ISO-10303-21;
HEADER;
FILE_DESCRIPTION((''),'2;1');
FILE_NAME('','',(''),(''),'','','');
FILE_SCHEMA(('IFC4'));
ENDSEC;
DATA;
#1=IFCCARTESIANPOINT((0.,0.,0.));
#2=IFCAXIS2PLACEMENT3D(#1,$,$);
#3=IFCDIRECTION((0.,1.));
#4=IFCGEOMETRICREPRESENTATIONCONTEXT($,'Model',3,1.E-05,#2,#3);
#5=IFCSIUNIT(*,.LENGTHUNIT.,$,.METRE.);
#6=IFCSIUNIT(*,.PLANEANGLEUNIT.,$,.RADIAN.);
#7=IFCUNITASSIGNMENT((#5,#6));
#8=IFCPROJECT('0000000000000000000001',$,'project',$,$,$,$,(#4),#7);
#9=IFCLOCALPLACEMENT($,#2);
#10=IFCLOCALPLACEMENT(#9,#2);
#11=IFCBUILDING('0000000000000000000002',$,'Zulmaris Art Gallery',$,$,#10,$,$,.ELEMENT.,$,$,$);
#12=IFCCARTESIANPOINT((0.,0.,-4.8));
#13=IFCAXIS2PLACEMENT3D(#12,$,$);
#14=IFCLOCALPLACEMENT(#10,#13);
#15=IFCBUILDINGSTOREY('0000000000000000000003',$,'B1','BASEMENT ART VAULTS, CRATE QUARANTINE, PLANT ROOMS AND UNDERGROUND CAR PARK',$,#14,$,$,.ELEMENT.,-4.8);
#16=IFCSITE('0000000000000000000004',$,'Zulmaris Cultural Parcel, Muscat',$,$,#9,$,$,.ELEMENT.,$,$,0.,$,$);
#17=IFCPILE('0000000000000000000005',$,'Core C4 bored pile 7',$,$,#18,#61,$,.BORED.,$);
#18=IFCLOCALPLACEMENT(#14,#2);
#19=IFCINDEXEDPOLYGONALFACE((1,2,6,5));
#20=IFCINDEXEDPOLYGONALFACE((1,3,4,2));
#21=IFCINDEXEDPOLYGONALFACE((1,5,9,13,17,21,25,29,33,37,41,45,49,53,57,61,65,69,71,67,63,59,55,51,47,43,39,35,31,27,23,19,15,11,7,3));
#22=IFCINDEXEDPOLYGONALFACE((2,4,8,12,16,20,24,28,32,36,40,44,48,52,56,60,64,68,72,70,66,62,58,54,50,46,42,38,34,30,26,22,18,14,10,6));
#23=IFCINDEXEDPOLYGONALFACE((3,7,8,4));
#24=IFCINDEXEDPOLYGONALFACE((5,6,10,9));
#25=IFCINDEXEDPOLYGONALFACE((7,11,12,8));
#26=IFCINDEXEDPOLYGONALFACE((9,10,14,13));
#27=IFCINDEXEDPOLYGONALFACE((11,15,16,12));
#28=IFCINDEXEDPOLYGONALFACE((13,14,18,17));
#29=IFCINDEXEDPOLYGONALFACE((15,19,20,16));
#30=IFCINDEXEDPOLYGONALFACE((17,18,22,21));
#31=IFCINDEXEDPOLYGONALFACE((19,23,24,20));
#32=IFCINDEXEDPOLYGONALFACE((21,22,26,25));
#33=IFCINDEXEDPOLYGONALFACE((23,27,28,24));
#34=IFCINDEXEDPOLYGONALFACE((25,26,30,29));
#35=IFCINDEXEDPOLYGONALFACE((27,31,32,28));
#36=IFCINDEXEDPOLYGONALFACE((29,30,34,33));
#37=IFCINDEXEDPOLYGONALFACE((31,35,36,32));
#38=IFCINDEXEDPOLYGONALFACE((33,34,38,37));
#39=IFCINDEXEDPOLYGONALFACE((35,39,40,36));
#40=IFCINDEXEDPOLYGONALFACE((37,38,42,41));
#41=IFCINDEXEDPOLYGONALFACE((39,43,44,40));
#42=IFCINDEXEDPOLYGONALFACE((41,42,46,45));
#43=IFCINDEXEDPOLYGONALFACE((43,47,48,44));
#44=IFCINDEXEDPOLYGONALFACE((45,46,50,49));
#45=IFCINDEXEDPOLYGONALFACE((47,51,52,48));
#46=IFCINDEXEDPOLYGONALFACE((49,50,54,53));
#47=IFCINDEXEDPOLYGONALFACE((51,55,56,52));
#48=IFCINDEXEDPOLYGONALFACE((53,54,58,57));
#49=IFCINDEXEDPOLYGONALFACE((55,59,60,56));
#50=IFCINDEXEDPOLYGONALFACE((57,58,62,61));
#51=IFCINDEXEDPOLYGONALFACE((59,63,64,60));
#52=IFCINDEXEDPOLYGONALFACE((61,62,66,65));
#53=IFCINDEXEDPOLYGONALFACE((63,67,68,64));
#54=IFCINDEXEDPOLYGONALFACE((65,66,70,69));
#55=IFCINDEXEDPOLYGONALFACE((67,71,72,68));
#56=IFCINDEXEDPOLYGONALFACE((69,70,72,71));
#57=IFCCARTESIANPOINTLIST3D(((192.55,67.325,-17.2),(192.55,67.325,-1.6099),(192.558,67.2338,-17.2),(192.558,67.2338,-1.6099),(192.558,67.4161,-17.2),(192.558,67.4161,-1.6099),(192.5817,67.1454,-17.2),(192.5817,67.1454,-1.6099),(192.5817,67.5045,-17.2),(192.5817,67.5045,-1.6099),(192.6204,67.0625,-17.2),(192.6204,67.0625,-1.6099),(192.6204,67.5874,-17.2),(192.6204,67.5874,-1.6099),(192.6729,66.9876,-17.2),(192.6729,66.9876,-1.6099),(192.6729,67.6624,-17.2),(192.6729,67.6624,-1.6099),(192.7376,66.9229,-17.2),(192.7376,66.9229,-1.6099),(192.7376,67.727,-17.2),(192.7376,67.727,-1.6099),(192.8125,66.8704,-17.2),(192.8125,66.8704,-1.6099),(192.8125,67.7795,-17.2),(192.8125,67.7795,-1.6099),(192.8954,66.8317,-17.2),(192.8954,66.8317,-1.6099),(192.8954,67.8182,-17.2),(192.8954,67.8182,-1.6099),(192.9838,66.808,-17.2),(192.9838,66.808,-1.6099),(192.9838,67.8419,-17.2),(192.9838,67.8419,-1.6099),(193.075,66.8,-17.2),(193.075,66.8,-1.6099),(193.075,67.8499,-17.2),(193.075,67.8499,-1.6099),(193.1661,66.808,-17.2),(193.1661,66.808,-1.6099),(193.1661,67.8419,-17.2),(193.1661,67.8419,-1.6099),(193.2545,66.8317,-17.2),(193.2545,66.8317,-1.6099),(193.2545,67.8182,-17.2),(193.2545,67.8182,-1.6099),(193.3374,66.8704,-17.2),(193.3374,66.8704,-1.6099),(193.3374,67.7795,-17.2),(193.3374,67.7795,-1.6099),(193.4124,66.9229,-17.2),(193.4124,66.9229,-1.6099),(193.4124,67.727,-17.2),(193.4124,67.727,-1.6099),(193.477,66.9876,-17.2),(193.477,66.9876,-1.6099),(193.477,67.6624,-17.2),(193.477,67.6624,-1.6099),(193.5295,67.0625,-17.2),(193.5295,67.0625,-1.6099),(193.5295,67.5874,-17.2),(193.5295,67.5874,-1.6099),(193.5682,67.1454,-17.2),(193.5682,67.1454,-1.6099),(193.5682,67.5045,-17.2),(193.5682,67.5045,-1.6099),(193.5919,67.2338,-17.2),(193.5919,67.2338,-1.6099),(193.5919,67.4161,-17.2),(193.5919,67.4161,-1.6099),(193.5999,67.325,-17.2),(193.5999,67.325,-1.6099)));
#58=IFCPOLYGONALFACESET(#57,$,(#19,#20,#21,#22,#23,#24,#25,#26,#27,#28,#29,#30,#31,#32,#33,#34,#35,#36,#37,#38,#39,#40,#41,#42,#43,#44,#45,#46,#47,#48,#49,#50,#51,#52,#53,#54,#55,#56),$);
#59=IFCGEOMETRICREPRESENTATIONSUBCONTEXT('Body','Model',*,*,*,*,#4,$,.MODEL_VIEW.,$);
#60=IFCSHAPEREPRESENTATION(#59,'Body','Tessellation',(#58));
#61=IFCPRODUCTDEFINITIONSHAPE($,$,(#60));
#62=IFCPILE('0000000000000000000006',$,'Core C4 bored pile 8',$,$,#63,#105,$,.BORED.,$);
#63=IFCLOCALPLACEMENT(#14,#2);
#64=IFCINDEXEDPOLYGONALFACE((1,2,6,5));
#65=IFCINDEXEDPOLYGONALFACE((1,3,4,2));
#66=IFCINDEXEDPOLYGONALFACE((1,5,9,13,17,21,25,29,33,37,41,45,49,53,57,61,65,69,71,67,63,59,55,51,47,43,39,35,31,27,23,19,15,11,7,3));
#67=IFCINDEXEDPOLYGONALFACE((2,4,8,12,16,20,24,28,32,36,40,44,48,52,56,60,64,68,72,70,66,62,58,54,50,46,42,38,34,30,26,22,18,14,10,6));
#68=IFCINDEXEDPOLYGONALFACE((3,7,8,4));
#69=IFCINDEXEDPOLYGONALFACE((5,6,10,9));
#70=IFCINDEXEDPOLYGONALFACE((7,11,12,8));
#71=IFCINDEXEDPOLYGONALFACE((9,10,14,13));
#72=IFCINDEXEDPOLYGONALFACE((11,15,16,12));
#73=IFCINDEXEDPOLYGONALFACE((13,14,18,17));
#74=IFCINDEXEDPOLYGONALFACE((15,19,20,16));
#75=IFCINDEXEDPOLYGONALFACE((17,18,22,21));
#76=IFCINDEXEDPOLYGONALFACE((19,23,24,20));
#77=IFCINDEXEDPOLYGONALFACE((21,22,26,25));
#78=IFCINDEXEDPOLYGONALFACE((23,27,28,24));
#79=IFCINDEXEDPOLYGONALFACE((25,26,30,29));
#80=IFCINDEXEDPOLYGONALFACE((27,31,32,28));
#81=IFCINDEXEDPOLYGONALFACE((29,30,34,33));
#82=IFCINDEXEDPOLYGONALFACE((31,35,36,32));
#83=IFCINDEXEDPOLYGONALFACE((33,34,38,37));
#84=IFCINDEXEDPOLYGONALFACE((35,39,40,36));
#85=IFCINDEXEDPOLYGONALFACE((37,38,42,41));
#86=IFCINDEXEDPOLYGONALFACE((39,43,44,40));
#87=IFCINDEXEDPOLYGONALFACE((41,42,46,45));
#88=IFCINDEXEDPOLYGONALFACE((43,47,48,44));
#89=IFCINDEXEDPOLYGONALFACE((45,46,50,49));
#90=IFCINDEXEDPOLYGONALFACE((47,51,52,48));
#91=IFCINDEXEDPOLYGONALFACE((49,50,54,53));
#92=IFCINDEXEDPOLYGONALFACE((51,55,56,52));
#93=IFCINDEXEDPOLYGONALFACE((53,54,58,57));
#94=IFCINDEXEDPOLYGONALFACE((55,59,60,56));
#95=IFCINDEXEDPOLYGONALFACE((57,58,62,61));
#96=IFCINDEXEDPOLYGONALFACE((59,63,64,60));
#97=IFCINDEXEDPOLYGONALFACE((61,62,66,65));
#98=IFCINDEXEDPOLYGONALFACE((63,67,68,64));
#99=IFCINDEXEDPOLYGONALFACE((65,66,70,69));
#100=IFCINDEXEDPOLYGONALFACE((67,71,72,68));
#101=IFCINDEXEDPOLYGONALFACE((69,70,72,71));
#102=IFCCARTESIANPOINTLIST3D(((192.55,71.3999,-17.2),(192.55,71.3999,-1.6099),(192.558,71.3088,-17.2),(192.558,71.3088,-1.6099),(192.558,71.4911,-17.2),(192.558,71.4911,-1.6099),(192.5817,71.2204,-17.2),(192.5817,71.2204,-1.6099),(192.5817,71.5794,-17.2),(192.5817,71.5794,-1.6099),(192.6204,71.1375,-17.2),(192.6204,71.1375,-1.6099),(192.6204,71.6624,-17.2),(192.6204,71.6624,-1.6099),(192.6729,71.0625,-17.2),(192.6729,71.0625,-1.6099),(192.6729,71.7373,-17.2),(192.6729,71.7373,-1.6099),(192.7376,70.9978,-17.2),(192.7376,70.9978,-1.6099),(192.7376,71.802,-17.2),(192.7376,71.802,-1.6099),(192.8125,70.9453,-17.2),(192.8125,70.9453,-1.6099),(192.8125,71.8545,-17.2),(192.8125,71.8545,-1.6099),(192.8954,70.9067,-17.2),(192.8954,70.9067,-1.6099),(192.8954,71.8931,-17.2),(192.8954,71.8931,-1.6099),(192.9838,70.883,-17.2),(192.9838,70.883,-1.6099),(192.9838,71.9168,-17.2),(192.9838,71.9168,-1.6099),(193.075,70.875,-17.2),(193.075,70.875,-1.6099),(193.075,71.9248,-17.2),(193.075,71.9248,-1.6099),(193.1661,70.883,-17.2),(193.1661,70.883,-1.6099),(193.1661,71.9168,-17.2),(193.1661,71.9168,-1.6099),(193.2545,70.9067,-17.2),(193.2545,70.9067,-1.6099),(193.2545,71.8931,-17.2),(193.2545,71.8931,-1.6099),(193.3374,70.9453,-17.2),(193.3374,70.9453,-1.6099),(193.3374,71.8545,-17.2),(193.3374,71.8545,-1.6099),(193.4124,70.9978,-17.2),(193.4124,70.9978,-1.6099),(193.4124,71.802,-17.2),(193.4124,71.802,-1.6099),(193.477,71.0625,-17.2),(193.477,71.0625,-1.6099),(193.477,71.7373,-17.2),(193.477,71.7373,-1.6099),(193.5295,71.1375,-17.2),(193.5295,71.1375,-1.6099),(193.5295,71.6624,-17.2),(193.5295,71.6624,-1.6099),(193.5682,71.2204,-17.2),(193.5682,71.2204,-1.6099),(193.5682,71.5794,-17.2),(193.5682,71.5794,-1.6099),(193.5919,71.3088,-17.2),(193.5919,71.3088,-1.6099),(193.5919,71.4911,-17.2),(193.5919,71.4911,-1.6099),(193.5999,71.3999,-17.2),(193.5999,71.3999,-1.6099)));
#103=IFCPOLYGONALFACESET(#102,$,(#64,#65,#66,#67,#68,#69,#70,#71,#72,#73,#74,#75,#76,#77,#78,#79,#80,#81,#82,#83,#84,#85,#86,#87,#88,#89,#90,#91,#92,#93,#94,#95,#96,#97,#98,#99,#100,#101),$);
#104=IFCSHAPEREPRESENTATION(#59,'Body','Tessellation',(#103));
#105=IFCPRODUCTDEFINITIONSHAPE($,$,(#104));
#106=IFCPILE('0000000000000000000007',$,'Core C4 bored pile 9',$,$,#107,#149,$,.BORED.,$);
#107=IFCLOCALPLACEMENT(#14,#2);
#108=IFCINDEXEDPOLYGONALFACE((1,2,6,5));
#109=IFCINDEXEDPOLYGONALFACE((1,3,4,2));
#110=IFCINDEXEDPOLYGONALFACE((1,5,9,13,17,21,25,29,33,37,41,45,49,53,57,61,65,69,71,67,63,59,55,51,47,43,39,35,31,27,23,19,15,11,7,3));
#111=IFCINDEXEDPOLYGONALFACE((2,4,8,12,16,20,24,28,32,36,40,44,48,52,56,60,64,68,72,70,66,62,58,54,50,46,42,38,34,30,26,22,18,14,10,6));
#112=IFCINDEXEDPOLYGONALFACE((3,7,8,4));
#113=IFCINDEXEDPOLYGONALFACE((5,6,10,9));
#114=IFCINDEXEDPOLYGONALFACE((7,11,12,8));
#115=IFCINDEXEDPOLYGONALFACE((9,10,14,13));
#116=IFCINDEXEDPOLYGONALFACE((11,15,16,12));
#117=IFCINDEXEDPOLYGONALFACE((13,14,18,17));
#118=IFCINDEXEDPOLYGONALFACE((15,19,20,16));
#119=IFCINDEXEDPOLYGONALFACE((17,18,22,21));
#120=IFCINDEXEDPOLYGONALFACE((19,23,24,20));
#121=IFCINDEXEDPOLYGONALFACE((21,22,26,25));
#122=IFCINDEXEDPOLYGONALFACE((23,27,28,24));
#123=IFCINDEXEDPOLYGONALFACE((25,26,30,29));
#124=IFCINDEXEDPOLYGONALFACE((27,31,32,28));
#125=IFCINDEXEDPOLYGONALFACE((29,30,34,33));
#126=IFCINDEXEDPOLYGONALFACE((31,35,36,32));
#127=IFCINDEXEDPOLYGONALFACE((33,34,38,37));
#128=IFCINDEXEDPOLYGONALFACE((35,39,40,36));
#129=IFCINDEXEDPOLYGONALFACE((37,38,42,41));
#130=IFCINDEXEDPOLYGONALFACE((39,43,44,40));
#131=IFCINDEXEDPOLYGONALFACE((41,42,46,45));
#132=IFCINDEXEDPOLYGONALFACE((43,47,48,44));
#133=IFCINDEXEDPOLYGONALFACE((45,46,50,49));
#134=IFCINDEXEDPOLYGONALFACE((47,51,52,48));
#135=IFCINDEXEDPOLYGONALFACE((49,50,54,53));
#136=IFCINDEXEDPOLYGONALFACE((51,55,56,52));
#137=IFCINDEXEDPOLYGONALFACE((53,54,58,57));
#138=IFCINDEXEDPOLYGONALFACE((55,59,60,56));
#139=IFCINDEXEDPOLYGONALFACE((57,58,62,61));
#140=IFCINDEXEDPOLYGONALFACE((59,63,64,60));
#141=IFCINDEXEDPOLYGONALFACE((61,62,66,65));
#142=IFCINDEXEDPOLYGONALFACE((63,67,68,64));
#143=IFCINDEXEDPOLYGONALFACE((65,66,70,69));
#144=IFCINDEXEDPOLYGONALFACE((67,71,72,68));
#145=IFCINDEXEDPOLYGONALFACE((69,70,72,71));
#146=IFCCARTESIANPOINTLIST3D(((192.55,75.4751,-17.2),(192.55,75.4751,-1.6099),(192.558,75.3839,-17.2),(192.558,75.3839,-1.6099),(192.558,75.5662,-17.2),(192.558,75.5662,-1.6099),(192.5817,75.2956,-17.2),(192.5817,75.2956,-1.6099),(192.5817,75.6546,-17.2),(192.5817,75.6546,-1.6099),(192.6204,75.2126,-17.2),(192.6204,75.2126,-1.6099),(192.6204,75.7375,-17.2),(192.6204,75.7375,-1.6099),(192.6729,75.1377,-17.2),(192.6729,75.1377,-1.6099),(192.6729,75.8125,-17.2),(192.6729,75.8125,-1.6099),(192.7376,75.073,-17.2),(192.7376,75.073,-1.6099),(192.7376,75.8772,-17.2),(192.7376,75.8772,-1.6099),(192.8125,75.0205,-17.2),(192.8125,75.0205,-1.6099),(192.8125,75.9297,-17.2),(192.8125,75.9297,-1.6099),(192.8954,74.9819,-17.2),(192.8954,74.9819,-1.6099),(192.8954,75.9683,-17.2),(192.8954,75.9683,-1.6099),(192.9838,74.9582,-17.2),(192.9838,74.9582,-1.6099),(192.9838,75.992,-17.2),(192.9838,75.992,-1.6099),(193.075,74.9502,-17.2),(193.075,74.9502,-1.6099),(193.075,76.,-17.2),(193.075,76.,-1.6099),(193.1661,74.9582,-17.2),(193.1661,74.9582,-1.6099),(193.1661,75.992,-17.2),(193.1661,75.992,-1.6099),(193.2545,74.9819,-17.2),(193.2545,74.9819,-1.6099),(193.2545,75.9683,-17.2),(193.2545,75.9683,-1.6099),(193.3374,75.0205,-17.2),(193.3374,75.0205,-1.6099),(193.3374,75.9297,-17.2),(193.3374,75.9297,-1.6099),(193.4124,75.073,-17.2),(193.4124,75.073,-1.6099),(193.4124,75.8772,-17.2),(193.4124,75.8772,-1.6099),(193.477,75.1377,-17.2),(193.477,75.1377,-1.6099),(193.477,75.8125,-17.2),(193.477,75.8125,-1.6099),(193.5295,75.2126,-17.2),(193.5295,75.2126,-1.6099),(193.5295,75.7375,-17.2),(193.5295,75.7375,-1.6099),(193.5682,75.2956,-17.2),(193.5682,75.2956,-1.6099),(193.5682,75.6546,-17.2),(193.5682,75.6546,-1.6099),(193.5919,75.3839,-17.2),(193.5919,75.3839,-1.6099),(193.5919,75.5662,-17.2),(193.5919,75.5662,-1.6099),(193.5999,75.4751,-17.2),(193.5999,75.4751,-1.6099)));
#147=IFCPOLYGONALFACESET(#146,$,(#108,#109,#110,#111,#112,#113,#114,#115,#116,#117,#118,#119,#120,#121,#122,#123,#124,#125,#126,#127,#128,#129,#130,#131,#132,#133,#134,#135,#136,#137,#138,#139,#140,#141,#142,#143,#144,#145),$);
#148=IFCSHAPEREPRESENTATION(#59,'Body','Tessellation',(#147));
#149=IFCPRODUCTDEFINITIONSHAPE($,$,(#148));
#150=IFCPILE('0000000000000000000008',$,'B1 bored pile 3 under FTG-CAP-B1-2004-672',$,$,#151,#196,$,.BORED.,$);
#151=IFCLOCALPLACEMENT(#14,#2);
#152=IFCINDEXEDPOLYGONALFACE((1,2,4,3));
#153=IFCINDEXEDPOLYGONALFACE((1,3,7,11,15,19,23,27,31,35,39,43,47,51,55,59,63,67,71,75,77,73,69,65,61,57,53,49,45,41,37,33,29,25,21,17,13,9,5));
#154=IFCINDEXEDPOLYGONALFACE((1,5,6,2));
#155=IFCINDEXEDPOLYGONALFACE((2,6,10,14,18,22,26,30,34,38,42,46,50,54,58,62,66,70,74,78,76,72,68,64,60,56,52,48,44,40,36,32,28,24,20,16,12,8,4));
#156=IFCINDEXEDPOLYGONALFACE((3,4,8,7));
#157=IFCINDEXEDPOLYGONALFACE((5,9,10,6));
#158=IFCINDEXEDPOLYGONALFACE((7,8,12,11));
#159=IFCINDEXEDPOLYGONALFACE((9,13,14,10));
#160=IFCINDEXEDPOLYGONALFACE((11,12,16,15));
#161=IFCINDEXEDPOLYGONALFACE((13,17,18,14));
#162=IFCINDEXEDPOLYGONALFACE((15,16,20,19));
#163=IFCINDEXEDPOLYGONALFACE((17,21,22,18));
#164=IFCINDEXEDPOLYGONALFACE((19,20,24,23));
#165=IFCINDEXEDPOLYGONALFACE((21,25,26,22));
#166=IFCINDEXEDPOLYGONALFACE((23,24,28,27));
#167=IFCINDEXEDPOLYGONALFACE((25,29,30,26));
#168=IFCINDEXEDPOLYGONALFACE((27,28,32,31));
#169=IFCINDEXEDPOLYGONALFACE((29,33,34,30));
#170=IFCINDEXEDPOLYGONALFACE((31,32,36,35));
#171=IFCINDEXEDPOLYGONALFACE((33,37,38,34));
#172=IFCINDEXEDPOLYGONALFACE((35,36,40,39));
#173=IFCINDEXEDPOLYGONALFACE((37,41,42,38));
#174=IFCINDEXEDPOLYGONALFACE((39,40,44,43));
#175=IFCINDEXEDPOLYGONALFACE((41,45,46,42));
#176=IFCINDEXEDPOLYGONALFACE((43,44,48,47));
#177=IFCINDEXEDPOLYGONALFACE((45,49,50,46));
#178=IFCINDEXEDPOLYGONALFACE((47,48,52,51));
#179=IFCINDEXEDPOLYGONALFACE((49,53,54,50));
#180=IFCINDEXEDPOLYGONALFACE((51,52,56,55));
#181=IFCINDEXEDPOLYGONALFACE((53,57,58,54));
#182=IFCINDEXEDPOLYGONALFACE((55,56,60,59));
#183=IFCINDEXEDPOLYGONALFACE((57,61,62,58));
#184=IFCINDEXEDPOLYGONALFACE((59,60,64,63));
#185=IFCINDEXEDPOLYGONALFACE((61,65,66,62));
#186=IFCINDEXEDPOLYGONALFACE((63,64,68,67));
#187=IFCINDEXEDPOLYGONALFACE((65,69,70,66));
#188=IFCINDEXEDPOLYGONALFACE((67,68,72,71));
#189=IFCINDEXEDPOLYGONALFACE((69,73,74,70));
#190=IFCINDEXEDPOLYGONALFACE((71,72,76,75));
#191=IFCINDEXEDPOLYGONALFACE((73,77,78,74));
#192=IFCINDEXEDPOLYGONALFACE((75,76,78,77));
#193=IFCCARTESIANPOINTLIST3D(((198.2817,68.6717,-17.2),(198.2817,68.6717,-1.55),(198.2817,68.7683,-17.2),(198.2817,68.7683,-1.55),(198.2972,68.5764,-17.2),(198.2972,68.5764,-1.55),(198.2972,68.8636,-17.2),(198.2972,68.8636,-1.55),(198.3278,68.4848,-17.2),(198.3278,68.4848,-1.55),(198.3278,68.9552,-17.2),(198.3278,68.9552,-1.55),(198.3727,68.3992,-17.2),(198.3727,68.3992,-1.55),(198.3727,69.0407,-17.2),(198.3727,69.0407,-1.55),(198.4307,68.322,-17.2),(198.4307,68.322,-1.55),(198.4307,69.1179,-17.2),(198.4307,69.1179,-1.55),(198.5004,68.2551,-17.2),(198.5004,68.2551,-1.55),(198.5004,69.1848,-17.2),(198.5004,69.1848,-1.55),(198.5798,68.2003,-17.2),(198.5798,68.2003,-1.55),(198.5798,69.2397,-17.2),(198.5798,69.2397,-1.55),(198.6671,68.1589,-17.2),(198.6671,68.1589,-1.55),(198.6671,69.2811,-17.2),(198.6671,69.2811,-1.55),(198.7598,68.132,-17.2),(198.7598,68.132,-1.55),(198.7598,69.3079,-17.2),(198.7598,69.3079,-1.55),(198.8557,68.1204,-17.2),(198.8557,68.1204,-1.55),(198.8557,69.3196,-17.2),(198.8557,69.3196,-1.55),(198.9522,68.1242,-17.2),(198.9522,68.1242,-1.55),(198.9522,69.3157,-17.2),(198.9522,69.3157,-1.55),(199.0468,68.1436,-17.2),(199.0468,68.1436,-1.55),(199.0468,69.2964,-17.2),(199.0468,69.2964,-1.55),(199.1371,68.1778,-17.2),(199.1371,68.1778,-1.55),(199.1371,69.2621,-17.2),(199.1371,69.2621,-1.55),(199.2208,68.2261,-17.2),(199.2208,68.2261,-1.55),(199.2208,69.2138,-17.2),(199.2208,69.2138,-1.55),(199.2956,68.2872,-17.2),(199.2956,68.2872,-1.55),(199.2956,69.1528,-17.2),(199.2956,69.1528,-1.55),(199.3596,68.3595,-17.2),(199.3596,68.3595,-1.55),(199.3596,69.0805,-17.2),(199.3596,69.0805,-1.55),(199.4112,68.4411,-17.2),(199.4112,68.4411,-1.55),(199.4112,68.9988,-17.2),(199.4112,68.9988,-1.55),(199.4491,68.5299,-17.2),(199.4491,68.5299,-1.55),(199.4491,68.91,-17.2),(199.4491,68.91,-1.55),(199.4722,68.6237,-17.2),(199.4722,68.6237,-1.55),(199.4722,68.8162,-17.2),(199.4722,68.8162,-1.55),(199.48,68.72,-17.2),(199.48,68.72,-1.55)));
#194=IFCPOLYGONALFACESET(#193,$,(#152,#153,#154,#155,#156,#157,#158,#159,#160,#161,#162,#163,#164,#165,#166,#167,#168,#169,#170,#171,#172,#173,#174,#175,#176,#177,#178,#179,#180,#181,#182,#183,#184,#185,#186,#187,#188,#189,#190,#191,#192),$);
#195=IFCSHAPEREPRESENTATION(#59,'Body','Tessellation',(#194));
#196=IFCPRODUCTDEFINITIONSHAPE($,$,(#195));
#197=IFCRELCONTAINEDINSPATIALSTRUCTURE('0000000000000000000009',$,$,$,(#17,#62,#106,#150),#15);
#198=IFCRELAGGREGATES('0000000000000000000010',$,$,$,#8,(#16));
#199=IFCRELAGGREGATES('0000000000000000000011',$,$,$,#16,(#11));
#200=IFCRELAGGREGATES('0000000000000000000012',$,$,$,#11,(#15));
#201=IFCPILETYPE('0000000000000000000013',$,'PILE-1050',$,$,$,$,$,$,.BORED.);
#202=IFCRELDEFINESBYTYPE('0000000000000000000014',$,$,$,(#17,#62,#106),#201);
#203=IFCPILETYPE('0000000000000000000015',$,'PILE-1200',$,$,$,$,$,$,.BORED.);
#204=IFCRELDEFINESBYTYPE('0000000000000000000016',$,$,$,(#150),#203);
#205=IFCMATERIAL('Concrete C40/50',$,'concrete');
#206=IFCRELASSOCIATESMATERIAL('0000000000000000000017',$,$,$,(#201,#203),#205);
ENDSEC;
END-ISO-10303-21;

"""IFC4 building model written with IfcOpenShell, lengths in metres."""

from ifc_helpers import new_model, si_unit, direction, frame, origin, origin_2d, place, context, subcontext, project, spatial, circle, extrude, material, material_profile, profile_set, type_object, element, save


model = new_model("IFC4")

# Units and contexts
model_context = context("Model", 3, precision=1e-05, world=origin(), true_north=direction((0.0, 1.0)))
body_context = subcontext(model_context, "Body", "Model", "MODEL_VIEW")
ifc_project = project(units=[si_unit("LENGTHUNIT", "METRE"), si_unit("PLANEANGLEUNIT", "RADIAN")], contexts=[model_context])

# Site, building, storey
site_placement = place(None, origin())
site = spatial("IfcSite", under=ifc_project, at=site_placement, Name="Zulmaris Cultural Parcel, Muscat", CompositionType="ELEMENT", RefElevation=0.0)
building_placement = place(site_placement, origin())
building = spatial("IfcBuilding", under=site, at=building_placement, Name="Zulmaris Art Gallery", CompositionType="ELEMENT")
storey_placement = place(building_placement, frame((0.0, 0.0, -4.8)))
storey = spatial("IfcBuildingStorey", under=building, at=storey_placement, Name="B1", Description="BASEMENT ART VAULTS, CRATE QUARANTINE, PLANT ROOMS AND UNDERGROUND CAR PARK", CompositionType="ELEMENT", Elevation=-4.8)

# Piles
ifc_material_1 = material(Name="Concrete C40/50", Category="concrete")
ifc_material_profile_1 = material_profile(ifc_material_1, circle(Radius=0.5249, at=origin_2d()), Name="PILE DIA 1050")
ifc_profile_set_1 = profile_set([ifc_material_profile_1], Name="Concrete C40/50")
pile_type_1 = type_object("IfcPileType", Name="PILE-1050", PredefinedType="BORED", material=ifc_profile_set_1)
for number, where, z_axis, x_axis, name in (
    (1, (193.075, 67.325, -1.6099), (0.0, 0.0, -1.0), (1.0, 0.0, 0.0), "Core C4 bored pile 7"),
    (2, (193.075, 71.3999, -1.6099), (0.0, 0.0, -1.0), (1.0, 0.0, 0.0), "Core C4 bored pile 8"),
    (3, (193.075, 75.4751, -1.6099), (0.0, 0.0, -1.0), (1.0, 0.0, 0.0), "Core C4 bored pile 9"),
):
    element("IfcPile", number, at=place(storey_placement, frame(where, z_axis=z_axis, x_axis=x_axis)), inside=storey, type_object=pile_type_1, Name=name, PredefinedType="BORED", context=body_context, shape_type="SweptSolid", body=[
        extrude(circle(Radius=0.5249, at=origin_2d()), origin(), (0.0, 0.0, 1.0), 15.5901),
    ])
ifc_material_profile_2 = material_profile(ifc_material_1, circle(Radius=0.6001, at=origin_2d()), Name="PILE DIA 1200")
ifc_profile_set_2 = profile_set([ifc_material_profile_2], Name="Concrete C40/50")
pile_type_2 = type_object("IfcPileType", Name="PILE-1200", PredefinedType="BORED", material=ifc_profile_set_2)
for number, where, z_axis, x_axis, name in (
    (4, (198.8799, 68.72, -1.55), (0.0, 0.0, -1.0), (1.0, 0.0, 0.0), "B1 bored pile 3 under FTG-CAP-B1-2004-672"),
):
    element("IfcPile", number, at=place(storey_placement, frame(where, z_axis=z_axis, x_axis=x_axis)), inside=storey, type_object=pile_type_2, Name=name, PredefinedType="BORED", context=body_context, shape_type="SweptSolid", body=[
        extrude(circle(Radius=0.6001, at=origin_2d()), origin(), (0.0, 0.0, 1.0), 15.6499),
    ])

save(model, "model.ifc")
